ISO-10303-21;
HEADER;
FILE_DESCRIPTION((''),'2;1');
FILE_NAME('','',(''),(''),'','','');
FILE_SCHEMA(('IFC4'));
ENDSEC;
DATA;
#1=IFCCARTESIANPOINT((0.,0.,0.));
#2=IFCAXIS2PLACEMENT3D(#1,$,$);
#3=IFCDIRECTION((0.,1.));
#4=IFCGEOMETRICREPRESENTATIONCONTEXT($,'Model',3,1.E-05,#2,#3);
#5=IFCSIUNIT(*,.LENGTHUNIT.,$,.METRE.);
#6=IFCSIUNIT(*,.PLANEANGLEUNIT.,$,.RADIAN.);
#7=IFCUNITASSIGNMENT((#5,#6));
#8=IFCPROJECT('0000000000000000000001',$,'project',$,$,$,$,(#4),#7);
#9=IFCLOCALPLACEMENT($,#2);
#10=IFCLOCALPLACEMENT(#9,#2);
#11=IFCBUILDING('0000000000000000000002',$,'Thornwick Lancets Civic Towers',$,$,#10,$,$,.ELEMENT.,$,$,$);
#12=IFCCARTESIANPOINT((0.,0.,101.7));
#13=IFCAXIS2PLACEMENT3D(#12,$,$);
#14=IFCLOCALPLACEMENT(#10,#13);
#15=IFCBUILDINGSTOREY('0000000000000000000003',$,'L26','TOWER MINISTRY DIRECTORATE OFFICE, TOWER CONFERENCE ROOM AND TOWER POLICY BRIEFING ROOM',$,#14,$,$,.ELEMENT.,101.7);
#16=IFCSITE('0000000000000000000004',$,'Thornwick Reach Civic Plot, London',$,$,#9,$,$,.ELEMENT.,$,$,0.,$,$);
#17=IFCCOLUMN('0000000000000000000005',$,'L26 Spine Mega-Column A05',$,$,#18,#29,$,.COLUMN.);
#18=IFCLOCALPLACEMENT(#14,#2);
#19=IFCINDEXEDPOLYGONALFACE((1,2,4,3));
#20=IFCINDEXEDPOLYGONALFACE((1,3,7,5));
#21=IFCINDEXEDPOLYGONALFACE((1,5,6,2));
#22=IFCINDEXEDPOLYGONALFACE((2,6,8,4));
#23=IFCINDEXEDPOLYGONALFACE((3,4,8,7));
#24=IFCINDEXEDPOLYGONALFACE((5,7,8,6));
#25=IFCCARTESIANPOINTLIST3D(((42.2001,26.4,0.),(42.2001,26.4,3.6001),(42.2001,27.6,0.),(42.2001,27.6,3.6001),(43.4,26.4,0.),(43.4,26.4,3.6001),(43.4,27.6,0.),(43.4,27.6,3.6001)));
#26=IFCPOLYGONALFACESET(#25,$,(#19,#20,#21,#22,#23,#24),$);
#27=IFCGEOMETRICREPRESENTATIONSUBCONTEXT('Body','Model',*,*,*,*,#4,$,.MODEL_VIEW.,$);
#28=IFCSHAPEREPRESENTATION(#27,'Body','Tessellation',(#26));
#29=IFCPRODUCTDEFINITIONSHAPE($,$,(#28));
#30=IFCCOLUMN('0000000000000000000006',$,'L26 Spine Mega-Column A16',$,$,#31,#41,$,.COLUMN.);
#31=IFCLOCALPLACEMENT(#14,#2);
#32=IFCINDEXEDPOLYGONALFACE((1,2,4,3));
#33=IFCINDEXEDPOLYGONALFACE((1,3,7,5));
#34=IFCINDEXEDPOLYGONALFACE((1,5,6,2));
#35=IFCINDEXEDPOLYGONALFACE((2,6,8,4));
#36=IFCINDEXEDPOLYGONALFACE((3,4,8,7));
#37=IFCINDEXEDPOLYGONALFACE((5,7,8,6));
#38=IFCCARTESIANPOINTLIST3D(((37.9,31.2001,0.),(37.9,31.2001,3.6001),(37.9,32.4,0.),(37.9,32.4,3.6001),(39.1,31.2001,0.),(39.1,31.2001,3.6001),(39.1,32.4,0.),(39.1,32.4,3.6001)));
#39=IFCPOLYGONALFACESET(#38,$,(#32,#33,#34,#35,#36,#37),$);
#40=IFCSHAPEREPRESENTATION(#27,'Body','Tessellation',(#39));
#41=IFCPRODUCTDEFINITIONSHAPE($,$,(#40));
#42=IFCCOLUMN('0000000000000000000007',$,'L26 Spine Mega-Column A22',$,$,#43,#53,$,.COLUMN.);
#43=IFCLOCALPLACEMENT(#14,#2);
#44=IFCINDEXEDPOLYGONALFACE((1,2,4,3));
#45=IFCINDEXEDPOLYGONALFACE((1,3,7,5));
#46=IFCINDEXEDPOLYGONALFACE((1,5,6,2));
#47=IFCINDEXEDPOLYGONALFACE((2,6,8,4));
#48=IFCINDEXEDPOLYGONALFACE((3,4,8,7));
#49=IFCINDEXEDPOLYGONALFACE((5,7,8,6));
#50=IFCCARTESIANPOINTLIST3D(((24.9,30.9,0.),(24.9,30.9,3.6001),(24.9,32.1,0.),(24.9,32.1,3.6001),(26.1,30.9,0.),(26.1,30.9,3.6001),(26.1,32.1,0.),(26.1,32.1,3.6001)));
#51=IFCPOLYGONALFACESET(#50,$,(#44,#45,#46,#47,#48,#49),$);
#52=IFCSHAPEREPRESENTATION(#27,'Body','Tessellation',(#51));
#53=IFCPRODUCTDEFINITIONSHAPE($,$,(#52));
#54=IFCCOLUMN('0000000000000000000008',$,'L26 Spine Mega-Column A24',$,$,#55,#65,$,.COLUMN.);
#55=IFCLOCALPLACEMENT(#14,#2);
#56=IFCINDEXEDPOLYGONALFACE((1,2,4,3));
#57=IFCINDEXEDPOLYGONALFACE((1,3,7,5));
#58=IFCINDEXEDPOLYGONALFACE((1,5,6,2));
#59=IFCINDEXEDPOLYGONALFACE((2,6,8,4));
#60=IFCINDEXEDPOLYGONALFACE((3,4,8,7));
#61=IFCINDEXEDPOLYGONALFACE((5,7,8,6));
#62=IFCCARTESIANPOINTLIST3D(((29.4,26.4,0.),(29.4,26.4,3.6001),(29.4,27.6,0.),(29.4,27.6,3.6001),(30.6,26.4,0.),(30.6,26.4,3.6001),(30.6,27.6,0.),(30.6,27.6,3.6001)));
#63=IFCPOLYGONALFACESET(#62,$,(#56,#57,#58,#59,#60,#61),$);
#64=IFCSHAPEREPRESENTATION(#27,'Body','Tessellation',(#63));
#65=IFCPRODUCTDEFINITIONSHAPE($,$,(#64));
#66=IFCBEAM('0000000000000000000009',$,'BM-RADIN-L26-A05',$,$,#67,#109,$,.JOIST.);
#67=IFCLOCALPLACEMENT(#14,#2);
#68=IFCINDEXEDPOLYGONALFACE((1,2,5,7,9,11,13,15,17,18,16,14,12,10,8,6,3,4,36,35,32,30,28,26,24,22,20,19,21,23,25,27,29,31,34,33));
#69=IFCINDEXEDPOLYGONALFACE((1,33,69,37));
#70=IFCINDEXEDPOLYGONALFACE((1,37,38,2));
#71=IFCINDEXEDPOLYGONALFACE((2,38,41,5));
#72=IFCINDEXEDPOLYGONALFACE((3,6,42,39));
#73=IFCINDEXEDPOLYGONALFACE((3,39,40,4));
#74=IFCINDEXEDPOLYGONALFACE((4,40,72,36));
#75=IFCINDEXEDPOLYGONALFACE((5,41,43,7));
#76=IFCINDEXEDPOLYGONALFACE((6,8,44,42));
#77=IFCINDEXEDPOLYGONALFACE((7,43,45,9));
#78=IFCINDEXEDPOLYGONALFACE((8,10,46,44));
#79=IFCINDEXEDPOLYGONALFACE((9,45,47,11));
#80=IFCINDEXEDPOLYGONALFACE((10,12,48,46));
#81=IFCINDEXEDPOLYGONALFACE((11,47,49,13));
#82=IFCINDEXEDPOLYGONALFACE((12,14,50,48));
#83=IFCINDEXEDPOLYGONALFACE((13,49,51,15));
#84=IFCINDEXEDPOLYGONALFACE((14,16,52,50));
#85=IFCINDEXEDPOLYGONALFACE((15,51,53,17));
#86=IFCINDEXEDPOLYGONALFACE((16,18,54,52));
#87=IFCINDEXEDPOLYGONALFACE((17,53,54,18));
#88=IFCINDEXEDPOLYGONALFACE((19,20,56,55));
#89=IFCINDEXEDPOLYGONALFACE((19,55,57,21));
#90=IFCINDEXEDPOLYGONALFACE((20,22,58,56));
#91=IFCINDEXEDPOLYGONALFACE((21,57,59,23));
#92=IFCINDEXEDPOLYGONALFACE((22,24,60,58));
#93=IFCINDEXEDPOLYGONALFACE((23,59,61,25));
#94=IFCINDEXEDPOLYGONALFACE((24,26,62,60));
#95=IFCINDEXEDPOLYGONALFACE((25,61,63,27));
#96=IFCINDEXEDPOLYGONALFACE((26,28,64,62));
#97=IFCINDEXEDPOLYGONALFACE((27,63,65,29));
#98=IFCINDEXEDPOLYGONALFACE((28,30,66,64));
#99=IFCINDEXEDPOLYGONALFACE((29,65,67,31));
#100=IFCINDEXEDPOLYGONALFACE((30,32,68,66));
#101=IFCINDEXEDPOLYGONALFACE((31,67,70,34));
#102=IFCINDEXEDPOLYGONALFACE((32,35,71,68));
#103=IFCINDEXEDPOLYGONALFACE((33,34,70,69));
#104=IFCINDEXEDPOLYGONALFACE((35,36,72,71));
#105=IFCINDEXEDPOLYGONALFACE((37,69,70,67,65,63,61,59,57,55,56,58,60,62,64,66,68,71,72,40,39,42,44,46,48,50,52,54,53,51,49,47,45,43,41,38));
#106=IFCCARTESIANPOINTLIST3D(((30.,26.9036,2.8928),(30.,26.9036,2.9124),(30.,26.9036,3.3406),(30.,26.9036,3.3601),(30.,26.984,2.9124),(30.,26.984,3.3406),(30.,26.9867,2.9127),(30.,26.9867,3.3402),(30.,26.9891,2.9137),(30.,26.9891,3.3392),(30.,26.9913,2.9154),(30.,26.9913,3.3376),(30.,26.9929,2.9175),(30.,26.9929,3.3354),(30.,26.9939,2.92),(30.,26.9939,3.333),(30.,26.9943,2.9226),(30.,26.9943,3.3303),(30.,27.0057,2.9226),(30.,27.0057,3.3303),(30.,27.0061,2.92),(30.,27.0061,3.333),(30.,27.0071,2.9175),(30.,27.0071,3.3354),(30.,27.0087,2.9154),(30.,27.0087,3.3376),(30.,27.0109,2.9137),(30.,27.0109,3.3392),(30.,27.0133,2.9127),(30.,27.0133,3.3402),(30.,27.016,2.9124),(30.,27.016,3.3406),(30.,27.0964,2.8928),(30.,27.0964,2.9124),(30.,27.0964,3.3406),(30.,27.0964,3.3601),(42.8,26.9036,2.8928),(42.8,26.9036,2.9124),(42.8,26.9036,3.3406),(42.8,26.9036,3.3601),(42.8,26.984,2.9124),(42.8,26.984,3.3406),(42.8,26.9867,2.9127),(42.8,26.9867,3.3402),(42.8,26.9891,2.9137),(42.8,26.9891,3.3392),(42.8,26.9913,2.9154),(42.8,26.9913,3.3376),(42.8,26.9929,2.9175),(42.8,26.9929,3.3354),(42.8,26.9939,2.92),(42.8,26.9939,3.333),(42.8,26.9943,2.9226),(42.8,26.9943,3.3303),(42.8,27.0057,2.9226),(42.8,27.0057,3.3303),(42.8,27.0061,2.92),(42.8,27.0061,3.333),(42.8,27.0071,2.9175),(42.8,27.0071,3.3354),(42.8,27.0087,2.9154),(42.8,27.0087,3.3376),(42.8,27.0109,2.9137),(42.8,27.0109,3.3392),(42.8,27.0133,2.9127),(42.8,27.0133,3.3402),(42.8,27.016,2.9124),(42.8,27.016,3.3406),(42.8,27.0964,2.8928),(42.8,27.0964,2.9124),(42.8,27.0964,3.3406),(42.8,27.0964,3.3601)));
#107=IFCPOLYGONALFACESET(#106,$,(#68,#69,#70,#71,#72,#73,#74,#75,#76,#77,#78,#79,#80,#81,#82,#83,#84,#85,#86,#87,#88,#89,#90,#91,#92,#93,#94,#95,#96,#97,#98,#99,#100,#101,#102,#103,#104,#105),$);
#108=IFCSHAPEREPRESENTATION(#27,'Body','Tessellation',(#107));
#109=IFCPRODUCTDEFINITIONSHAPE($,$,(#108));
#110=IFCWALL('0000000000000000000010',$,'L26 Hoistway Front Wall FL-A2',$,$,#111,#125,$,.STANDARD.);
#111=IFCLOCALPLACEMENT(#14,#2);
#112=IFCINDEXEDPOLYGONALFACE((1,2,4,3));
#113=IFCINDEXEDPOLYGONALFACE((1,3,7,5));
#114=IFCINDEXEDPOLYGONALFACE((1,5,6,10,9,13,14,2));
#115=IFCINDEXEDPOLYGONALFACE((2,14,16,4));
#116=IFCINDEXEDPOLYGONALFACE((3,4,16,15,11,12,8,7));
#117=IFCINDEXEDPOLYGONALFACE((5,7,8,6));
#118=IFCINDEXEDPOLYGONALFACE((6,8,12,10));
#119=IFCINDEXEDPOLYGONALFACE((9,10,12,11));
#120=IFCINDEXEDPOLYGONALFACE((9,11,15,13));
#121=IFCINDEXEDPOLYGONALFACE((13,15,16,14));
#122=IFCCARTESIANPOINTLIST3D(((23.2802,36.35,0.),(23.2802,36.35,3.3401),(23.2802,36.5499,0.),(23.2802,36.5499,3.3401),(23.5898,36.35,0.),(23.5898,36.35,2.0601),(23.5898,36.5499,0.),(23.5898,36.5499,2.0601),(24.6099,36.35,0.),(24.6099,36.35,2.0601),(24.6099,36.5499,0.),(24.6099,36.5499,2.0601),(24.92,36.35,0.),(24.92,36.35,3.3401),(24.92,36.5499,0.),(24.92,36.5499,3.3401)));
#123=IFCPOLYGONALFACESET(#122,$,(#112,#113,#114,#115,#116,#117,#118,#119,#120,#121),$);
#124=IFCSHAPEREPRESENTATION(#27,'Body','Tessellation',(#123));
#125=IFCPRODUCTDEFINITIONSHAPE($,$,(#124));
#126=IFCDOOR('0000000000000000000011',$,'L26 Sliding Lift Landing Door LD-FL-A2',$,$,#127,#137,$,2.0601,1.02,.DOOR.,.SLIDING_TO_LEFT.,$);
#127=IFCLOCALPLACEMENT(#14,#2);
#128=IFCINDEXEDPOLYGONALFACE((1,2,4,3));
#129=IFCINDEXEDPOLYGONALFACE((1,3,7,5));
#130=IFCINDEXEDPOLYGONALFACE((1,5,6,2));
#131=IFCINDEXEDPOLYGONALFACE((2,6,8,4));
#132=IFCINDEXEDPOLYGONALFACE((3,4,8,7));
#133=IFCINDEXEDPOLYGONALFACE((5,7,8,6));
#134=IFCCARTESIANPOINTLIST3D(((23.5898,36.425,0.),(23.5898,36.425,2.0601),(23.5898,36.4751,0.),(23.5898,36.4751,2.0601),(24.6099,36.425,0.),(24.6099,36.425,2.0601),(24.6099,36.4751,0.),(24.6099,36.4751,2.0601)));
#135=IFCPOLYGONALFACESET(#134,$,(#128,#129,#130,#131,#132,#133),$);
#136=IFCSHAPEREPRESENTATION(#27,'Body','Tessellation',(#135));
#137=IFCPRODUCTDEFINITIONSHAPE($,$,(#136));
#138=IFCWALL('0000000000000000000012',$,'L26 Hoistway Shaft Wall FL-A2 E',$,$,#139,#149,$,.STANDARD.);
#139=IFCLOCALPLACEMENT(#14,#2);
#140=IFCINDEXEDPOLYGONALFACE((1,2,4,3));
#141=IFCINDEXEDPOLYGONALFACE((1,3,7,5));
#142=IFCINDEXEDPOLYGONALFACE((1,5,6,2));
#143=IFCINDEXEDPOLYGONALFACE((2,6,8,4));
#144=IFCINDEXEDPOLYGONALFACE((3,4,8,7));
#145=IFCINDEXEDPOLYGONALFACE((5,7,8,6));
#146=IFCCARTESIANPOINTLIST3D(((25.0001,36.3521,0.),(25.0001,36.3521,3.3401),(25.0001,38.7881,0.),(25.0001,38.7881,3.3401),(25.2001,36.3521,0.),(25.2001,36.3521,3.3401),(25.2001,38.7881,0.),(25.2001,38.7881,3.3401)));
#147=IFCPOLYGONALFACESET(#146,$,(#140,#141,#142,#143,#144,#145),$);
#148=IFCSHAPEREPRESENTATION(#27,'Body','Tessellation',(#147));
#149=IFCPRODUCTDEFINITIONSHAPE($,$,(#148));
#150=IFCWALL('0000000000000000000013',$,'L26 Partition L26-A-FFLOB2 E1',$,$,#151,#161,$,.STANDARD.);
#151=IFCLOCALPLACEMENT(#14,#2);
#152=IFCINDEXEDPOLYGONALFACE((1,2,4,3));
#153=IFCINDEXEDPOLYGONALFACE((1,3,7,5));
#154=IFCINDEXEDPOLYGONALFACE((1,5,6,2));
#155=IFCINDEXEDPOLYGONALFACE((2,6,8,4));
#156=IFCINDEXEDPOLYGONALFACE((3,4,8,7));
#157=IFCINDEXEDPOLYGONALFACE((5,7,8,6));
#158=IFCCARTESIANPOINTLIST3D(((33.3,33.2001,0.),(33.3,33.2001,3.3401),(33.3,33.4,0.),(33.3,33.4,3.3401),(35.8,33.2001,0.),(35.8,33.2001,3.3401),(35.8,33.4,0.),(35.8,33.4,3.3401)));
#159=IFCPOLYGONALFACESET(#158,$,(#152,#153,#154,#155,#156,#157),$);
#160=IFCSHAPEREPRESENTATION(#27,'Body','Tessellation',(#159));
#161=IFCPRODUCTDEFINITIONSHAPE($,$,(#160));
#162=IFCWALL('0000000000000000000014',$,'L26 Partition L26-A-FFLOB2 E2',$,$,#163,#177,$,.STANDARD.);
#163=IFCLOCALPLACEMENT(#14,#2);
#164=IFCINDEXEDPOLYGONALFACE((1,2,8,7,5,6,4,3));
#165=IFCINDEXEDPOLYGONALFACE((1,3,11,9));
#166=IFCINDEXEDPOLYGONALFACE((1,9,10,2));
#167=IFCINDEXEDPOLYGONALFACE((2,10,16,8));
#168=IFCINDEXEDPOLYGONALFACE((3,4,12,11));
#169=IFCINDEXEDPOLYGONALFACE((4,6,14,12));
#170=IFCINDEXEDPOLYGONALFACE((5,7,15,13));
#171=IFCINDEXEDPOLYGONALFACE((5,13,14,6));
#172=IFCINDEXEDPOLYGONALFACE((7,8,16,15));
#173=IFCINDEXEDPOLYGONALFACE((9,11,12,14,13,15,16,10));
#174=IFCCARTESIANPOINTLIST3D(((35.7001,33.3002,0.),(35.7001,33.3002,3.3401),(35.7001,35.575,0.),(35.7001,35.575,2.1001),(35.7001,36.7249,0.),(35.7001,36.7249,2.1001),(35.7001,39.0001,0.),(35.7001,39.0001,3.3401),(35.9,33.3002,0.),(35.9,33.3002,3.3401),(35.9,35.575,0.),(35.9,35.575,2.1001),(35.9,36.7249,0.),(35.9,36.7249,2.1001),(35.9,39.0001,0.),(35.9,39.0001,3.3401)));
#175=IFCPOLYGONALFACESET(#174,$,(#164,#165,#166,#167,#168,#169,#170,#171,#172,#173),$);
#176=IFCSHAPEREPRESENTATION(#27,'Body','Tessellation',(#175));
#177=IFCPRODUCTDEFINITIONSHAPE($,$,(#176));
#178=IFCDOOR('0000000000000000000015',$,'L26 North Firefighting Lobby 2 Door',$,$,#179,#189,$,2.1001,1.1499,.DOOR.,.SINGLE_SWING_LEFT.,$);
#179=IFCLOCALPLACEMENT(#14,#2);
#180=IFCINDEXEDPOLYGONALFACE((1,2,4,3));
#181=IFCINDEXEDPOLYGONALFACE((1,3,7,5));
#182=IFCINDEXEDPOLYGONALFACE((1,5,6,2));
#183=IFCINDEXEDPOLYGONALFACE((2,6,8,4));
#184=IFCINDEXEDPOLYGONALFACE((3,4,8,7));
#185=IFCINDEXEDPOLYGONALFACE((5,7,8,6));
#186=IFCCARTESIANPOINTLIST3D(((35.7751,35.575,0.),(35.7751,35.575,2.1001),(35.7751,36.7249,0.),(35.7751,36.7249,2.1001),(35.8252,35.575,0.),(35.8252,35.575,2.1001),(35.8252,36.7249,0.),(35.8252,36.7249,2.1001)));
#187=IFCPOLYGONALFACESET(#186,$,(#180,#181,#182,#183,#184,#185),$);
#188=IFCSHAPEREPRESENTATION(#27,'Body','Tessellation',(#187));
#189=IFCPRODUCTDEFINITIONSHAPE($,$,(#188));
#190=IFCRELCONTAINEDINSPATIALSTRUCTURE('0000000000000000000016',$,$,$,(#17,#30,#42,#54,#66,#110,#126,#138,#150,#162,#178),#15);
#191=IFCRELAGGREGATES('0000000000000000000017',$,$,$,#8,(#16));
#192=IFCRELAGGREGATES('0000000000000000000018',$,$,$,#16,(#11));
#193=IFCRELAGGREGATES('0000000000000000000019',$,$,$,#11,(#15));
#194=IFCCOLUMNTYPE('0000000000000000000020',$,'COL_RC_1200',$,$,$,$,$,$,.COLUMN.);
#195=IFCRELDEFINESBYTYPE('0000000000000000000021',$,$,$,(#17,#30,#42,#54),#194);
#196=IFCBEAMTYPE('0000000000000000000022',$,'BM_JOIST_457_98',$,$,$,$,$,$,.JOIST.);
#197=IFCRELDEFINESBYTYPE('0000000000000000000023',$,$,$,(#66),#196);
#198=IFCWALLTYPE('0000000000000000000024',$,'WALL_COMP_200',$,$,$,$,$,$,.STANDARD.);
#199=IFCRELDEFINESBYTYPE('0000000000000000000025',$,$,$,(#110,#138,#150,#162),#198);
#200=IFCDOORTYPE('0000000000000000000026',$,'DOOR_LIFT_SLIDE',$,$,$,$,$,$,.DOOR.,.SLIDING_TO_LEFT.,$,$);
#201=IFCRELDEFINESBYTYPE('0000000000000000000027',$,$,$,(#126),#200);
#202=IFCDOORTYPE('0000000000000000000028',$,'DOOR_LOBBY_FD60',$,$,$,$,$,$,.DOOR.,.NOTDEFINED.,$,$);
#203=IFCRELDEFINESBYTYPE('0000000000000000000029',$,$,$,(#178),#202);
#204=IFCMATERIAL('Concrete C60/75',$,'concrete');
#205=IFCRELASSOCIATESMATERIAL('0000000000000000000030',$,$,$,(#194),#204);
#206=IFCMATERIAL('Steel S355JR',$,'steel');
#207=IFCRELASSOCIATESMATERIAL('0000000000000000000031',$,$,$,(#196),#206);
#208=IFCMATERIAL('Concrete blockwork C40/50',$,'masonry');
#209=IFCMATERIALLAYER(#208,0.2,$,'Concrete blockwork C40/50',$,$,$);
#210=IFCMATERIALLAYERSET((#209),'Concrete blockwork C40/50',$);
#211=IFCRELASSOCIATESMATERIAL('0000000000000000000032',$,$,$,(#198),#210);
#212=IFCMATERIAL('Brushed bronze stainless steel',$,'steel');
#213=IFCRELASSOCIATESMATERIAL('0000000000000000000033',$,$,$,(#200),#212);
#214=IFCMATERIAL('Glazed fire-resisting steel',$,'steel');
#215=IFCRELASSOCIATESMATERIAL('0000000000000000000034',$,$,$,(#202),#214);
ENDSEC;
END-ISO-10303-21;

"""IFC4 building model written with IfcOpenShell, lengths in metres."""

from ifc_helpers import new_model, si_unit, direction, frame, frame_2d, origin, origin_2d, place, context, subcontext, project, spatial, rectangle, i_section, extrude, material, layer, layer_set, material_profile, profile_set, type_object, element, fill, save


model = new_model("IFC4")

# Units and contexts
model_context = context("Model", 3, precision=1e-05, world=origin(), true_north=direction((0.0, 1.0)))
body_context = subcontext(model_context, "Body", "Model", "MODEL_VIEW")
ifc_project = project(units=[si_unit("LENGTHUNIT", "METRE"), si_unit("PLANEANGLEUNIT", "RADIAN")], contexts=[model_context])

# Site, building, storey
site_placement = place(None, origin())
site = spatial("IfcSite", under=ifc_project, at=site_placement, Name="Thornwick Reach Civic Plot, London", CompositionType="ELEMENT", RefElevation=0.0)
building_placement = place(site_placement, origin())
building = spatial("IfcBuilding", under=site, at=building_placement, Name="Thornwick Lancets Civic Towers", CompositionType="ELEMENT")
storey_placement = place(building_placement, frame((0.0, 0.0, 101.7)))
storey = spatial("IfcBuildingStorey", under=building, at=storey_placement, Name="L26", Description="TOWER MINISTRY DIRECTORATE OFFICE, TOWER CONFERENCE ROOM AND TOWER POLICY BRIEFING ROOM", CompositionType="ELEMENT", Elevation=101.7)

# Columns
ifc_material_1 = material(Name="Concrete C60/75", Category="concrete")
ifc_material_profile_1 = material_profile(ifc_material_1, rectangle(XDim=1.2, YDim=1.2, at=origin_2d()), Name="RC 1200x1200")
ifc_profile_set_1 = profile_set([ifc_material_profile_1], Name="Concrete C60/75")
column_type = type_object("IfcColumnType", Name="COL_RC_1200", PredefinedType="COLUMN", material=ifc_profile_set_1)
for number, where, z_axis, x_axis, name in (
    (1, (42.8, 27.0, 0.0), (0.0, 0.0, 1.0), (1.0, 0.0, 0.0), "L26 Spine Mega-Column A05"),
    (2, (38.5, 31.8, 0.0), (0.0, 0.0, 1.0), (1.0, 0.0, 0.0), "L26 Spine Mega-Column A16"),
    (3, (25.5, 31.5, 0.0), (0.0, 0.0, 1.0), (1.0, 0.0, 0.0), "L26 Spine Mega-Column A22"),
    (4, (30.0, 27.0, 0.0), (0.0, 0.0, 1.0), (1.0, 0.0, 0.0), "L26 Spine Mega-Column A24"),
):
    element("IfcColumn", number, at=place(storey_placement, frame(where, z_axis=z_axis, x_axis=x_axis)), inside=storey, type_object=column_type, Name=name, PredefinedType="COLUMN", context=body_context, shape_type="SweptSolid", body=[
        extrude(rectangle(XDim=1.2, YDim=1.2, at=origin_2d()), origin(), (0.0, 0.0, 1.0), 3.6001),
    ])

# Beam
ifc_material_2 = material(Name="Steel S355JR", Category="steel")
ifc_material_profile_2 = material_profile(ifc_material_2, i_section(OverallWidth=0.1929, OverallDepth=0.4673, WebThickness=0.0115, FlangeThickness=0.0195, FilletRadius=0.0103, at=origin_2d()), Name="UKB 457x191x98")
ifc_profile_set_2 = profile_set([ifc_material_profile_2], Name="Steel S355JR")
beam_type = type_object("IfcBeamType", Name="BM_JOIST_457_98", PredefinedType="JOIST", material=ifc_profile_set_2)
beam_placement = place(storey_placement, frame((30.0, 27.0, 3.1265), z_axis=(1.0, 0.0, 0.0), x_axis=(0.0, 1.0, 0.0)))
element("IfcBeam", 5, at=beam_placement, inside=storey, type_object=beam_type, Name="BM-RADIN-L26-A05", PredefinedType="JOIST", context=body_context, shape_type="SweptSolid", body=[
    extrude(i_section(OverallWidth=0.1929, OverallDepth=0.4673, WebThickness=0.0115, FlangeThickness=0.0195, FilletRadius=0.0103, at=origin_2d()), origin(), (0.0, 0.0, 1.0), 12.8),
])

# Wall, opening, door
ifc_material_3 = material(Name="Concrete blockwork C40/50", Category="masonry")
ifc_layer_1 = layer(ifc_material_3, 0.2, Name="Concrete blockwork C40/50")
ifc_layer_set_1 = layer_set([ifc_layer_1], Name="Concrete blockwork C40/50")
wall_type_1 = type_object("IfcWallType", Name="WALL_COMP_200", PredefinedType="STANDARD", material=ifc_layer_set_1)
wall_1_placement = place(storey_placement, frame((24.9199, 36.45, 0.0), z_axis=(0.0, 0.0, 1.0), x_axis=(-1.0, 0.0, 0.0)))
wall_1 = element("IfcWall", 6, at=wall_1_placement, inside=storey, type_object=wall_type_1, Name="L26 Hoistway Front Wall FL-A2", PredefinedType="STANDARD", context=body_context, shape_type="SweptSolid", body=[
    extrude(rectangle(XDim=1.6399, YDim=0.2, at=frame_2d((0.8198, 0.0))), origin(), (0.0, 0.0, 1.0), 3.3401),
])
opening_1_placement = place(wall_1_placement, frame((0.3101, 0.0, 0.0)))
opening_1 = element("IfcOpeningElement", 7, at=opening_1_placement, cuts=wall_1, PredefinedType="OPENING", context=body_context, shape_type="SweptSolid", body=[
    extrude(rectangle(XDim=1.02, YDim=2.0601, at=frame_2d((0.51, 1.03))), frame((0.0, 0.1099, 0.0), z_axis=(0.0, -1.0, 0.0), x_axis=(1.0, 0.0, 0.0)), (0.0, 0.0, 1.0), 0.22),
])
ifc_material_4 = material(Name="Brushed bronze stainless steel", Category="steel")
door_type_1 = type_object("IfcDoorType", Name="DOOR_LIFT_SLIDE", OperationType="SLIDING_TO_LEFT", PredefinedType="DOOR", material=ifc_material_4)
door_1_placement = place(opening_1_placement, origin())
door_1 = element("IfcDoor", 8, at=door_1_placement, inside=storey, type_object=door_type_1, Name="L26 Sliding Lift Landing Door LD-FL-A2", OperationType="SLIDING_TO_LEFT", OverallHeight=2.0601, OverallWidth=1.02, PredefinedType="DOOR", context=body_context, shape_type="SweptSolid", body=[
    extrude(rectangle(XDim=1.02, YDim=2.0601, at=frame_2d((0.51, 1.03))), frame((0.0, 0.0249, 0.0), z_axis=(0.0, -1.0, 0.0), x_axis=(1.0, 0.0, 0.0)), (0.0, 0.0, 1.0), 0.05),
])
fill(opening_1, door_1)

# Walls
wall_2_placement = place(storey_placement, frame((25.1001, 36.3521, 0.0), z_axis=(0.0, 0.0, 1.0), x_axis=(0.0, 1.0, 0.0)))
element("IfcWall", 9, at=wall_2_placement, inside=storey, type_object=wall_type_1, Name="L26 Hoistway Shaft Wall FL-A2 E", PredefinedType="STANDARD", context=body_context, shape_type="SweptSolid", body=[
    extrude(rectangle(XDim=2.436, YDim=0.2, at=frame_2d((1.218, 0.0))), origin(), (0.0, 0.0, 1.0), 3.3401),
])
wall_3_placement = place(storey_placement, frame((33.3, 33.3, 0.0), z_axis=(0.0, 0.0, 1.0), x_axis=(1.0, 0.0, 0.0)))
element("IfcWall", 10, at=wall_3_placement, inside=storey, type_object=wall_type_1, Name="L26 Partition L26-A-FFLOB2 E1", PredefinedType="STANDARD", context=body_context, shape_type="SweptSolid", body=[
    extrude(rectangle(XDim=2.5, YDim=0.2, at=frame_2d((1.25, 0.0))), origin(), (0.0, 0.0, 1.0), 3.3401),
])

# Wall, opening, door
wall_4_placement = place(storey_placement, frame((35.8, 33.3, 0.0), z_axis=(0.0, 0.0, 1.0), x_axis=(0.0, 1.0, 0.0)))
wall_4 = element("IfcWall", 11, at=wall_4_placement, inside=storey, type_object=wall_type_1, Name="L26 Partition L26-A-FFLOB2 E2", PredefinedType="STANDARD", context=body_context, shape_type="SweptSolid", body=[
    extrude(rectangle(XDim=5.7, YDim=0.2, at=frame_2d((2.8501, 0.0))), origin(), (0.0, 0.0, 1.0), 3.3401),
])
opening_2_placement = place(wall_4_placement, frame((2.2749, 0.0, 0.0)))
opening_2 = element("IfcOpeningElement", 12, at=opening_2_placement, cuts=wall_4, PredefinedType="OPENING", context=body_context, shape_type="SweptSolid", body=[
    extrude(rectangle(XDim=1.1499, YDim=2.1001, at=frame_2d((0.575, 1.05))), frame((0.0, 0.1099, 0.0), z_axis=(0.0, -1.0, 0.0), x_axis=(1.0, 0.0, 0.0)), (0.0, 0.0, 1.0), 0.22),
])
ifc_material_5 = material(Name="Glazed fire-resisting steel", Category="steel")
door_type_2 = type_object("IfcDoorType", Name="DOOR_LOBBY_FD60", OperationType="NOTDEFINED", PredefinedType="DOOR", material=ifc_material_5)
door_2_placement = place(opening_2_placement, origin())
door_2 = element("IfcDoor", 13, at=door_2_placement, inside=storey, type_object=door_type_2, Name="L26 North Firefighting Lobby 2 Door", OperationType="SINGLE_SWING_LEFT", OverallHeight=2.1001, OverallWidth=1.1499, PredefinedType="DOOR", context=body_context, shape_type="SweptSolid", body=[
    extrude(rectangle(XDim=1.1499, YDim=2.1001, at=frame_2d((0.575, 1.05))), frame((0.0, 0.0249, 0.0), z_axis=(0.0, -1.0, 0.0), x_axis=(1.0, 0.0, 0.0)), (0.0, 0.0, 1.0), 0.05),
])
fill(opening_2, door_2)

save(model, "model.ifc")
